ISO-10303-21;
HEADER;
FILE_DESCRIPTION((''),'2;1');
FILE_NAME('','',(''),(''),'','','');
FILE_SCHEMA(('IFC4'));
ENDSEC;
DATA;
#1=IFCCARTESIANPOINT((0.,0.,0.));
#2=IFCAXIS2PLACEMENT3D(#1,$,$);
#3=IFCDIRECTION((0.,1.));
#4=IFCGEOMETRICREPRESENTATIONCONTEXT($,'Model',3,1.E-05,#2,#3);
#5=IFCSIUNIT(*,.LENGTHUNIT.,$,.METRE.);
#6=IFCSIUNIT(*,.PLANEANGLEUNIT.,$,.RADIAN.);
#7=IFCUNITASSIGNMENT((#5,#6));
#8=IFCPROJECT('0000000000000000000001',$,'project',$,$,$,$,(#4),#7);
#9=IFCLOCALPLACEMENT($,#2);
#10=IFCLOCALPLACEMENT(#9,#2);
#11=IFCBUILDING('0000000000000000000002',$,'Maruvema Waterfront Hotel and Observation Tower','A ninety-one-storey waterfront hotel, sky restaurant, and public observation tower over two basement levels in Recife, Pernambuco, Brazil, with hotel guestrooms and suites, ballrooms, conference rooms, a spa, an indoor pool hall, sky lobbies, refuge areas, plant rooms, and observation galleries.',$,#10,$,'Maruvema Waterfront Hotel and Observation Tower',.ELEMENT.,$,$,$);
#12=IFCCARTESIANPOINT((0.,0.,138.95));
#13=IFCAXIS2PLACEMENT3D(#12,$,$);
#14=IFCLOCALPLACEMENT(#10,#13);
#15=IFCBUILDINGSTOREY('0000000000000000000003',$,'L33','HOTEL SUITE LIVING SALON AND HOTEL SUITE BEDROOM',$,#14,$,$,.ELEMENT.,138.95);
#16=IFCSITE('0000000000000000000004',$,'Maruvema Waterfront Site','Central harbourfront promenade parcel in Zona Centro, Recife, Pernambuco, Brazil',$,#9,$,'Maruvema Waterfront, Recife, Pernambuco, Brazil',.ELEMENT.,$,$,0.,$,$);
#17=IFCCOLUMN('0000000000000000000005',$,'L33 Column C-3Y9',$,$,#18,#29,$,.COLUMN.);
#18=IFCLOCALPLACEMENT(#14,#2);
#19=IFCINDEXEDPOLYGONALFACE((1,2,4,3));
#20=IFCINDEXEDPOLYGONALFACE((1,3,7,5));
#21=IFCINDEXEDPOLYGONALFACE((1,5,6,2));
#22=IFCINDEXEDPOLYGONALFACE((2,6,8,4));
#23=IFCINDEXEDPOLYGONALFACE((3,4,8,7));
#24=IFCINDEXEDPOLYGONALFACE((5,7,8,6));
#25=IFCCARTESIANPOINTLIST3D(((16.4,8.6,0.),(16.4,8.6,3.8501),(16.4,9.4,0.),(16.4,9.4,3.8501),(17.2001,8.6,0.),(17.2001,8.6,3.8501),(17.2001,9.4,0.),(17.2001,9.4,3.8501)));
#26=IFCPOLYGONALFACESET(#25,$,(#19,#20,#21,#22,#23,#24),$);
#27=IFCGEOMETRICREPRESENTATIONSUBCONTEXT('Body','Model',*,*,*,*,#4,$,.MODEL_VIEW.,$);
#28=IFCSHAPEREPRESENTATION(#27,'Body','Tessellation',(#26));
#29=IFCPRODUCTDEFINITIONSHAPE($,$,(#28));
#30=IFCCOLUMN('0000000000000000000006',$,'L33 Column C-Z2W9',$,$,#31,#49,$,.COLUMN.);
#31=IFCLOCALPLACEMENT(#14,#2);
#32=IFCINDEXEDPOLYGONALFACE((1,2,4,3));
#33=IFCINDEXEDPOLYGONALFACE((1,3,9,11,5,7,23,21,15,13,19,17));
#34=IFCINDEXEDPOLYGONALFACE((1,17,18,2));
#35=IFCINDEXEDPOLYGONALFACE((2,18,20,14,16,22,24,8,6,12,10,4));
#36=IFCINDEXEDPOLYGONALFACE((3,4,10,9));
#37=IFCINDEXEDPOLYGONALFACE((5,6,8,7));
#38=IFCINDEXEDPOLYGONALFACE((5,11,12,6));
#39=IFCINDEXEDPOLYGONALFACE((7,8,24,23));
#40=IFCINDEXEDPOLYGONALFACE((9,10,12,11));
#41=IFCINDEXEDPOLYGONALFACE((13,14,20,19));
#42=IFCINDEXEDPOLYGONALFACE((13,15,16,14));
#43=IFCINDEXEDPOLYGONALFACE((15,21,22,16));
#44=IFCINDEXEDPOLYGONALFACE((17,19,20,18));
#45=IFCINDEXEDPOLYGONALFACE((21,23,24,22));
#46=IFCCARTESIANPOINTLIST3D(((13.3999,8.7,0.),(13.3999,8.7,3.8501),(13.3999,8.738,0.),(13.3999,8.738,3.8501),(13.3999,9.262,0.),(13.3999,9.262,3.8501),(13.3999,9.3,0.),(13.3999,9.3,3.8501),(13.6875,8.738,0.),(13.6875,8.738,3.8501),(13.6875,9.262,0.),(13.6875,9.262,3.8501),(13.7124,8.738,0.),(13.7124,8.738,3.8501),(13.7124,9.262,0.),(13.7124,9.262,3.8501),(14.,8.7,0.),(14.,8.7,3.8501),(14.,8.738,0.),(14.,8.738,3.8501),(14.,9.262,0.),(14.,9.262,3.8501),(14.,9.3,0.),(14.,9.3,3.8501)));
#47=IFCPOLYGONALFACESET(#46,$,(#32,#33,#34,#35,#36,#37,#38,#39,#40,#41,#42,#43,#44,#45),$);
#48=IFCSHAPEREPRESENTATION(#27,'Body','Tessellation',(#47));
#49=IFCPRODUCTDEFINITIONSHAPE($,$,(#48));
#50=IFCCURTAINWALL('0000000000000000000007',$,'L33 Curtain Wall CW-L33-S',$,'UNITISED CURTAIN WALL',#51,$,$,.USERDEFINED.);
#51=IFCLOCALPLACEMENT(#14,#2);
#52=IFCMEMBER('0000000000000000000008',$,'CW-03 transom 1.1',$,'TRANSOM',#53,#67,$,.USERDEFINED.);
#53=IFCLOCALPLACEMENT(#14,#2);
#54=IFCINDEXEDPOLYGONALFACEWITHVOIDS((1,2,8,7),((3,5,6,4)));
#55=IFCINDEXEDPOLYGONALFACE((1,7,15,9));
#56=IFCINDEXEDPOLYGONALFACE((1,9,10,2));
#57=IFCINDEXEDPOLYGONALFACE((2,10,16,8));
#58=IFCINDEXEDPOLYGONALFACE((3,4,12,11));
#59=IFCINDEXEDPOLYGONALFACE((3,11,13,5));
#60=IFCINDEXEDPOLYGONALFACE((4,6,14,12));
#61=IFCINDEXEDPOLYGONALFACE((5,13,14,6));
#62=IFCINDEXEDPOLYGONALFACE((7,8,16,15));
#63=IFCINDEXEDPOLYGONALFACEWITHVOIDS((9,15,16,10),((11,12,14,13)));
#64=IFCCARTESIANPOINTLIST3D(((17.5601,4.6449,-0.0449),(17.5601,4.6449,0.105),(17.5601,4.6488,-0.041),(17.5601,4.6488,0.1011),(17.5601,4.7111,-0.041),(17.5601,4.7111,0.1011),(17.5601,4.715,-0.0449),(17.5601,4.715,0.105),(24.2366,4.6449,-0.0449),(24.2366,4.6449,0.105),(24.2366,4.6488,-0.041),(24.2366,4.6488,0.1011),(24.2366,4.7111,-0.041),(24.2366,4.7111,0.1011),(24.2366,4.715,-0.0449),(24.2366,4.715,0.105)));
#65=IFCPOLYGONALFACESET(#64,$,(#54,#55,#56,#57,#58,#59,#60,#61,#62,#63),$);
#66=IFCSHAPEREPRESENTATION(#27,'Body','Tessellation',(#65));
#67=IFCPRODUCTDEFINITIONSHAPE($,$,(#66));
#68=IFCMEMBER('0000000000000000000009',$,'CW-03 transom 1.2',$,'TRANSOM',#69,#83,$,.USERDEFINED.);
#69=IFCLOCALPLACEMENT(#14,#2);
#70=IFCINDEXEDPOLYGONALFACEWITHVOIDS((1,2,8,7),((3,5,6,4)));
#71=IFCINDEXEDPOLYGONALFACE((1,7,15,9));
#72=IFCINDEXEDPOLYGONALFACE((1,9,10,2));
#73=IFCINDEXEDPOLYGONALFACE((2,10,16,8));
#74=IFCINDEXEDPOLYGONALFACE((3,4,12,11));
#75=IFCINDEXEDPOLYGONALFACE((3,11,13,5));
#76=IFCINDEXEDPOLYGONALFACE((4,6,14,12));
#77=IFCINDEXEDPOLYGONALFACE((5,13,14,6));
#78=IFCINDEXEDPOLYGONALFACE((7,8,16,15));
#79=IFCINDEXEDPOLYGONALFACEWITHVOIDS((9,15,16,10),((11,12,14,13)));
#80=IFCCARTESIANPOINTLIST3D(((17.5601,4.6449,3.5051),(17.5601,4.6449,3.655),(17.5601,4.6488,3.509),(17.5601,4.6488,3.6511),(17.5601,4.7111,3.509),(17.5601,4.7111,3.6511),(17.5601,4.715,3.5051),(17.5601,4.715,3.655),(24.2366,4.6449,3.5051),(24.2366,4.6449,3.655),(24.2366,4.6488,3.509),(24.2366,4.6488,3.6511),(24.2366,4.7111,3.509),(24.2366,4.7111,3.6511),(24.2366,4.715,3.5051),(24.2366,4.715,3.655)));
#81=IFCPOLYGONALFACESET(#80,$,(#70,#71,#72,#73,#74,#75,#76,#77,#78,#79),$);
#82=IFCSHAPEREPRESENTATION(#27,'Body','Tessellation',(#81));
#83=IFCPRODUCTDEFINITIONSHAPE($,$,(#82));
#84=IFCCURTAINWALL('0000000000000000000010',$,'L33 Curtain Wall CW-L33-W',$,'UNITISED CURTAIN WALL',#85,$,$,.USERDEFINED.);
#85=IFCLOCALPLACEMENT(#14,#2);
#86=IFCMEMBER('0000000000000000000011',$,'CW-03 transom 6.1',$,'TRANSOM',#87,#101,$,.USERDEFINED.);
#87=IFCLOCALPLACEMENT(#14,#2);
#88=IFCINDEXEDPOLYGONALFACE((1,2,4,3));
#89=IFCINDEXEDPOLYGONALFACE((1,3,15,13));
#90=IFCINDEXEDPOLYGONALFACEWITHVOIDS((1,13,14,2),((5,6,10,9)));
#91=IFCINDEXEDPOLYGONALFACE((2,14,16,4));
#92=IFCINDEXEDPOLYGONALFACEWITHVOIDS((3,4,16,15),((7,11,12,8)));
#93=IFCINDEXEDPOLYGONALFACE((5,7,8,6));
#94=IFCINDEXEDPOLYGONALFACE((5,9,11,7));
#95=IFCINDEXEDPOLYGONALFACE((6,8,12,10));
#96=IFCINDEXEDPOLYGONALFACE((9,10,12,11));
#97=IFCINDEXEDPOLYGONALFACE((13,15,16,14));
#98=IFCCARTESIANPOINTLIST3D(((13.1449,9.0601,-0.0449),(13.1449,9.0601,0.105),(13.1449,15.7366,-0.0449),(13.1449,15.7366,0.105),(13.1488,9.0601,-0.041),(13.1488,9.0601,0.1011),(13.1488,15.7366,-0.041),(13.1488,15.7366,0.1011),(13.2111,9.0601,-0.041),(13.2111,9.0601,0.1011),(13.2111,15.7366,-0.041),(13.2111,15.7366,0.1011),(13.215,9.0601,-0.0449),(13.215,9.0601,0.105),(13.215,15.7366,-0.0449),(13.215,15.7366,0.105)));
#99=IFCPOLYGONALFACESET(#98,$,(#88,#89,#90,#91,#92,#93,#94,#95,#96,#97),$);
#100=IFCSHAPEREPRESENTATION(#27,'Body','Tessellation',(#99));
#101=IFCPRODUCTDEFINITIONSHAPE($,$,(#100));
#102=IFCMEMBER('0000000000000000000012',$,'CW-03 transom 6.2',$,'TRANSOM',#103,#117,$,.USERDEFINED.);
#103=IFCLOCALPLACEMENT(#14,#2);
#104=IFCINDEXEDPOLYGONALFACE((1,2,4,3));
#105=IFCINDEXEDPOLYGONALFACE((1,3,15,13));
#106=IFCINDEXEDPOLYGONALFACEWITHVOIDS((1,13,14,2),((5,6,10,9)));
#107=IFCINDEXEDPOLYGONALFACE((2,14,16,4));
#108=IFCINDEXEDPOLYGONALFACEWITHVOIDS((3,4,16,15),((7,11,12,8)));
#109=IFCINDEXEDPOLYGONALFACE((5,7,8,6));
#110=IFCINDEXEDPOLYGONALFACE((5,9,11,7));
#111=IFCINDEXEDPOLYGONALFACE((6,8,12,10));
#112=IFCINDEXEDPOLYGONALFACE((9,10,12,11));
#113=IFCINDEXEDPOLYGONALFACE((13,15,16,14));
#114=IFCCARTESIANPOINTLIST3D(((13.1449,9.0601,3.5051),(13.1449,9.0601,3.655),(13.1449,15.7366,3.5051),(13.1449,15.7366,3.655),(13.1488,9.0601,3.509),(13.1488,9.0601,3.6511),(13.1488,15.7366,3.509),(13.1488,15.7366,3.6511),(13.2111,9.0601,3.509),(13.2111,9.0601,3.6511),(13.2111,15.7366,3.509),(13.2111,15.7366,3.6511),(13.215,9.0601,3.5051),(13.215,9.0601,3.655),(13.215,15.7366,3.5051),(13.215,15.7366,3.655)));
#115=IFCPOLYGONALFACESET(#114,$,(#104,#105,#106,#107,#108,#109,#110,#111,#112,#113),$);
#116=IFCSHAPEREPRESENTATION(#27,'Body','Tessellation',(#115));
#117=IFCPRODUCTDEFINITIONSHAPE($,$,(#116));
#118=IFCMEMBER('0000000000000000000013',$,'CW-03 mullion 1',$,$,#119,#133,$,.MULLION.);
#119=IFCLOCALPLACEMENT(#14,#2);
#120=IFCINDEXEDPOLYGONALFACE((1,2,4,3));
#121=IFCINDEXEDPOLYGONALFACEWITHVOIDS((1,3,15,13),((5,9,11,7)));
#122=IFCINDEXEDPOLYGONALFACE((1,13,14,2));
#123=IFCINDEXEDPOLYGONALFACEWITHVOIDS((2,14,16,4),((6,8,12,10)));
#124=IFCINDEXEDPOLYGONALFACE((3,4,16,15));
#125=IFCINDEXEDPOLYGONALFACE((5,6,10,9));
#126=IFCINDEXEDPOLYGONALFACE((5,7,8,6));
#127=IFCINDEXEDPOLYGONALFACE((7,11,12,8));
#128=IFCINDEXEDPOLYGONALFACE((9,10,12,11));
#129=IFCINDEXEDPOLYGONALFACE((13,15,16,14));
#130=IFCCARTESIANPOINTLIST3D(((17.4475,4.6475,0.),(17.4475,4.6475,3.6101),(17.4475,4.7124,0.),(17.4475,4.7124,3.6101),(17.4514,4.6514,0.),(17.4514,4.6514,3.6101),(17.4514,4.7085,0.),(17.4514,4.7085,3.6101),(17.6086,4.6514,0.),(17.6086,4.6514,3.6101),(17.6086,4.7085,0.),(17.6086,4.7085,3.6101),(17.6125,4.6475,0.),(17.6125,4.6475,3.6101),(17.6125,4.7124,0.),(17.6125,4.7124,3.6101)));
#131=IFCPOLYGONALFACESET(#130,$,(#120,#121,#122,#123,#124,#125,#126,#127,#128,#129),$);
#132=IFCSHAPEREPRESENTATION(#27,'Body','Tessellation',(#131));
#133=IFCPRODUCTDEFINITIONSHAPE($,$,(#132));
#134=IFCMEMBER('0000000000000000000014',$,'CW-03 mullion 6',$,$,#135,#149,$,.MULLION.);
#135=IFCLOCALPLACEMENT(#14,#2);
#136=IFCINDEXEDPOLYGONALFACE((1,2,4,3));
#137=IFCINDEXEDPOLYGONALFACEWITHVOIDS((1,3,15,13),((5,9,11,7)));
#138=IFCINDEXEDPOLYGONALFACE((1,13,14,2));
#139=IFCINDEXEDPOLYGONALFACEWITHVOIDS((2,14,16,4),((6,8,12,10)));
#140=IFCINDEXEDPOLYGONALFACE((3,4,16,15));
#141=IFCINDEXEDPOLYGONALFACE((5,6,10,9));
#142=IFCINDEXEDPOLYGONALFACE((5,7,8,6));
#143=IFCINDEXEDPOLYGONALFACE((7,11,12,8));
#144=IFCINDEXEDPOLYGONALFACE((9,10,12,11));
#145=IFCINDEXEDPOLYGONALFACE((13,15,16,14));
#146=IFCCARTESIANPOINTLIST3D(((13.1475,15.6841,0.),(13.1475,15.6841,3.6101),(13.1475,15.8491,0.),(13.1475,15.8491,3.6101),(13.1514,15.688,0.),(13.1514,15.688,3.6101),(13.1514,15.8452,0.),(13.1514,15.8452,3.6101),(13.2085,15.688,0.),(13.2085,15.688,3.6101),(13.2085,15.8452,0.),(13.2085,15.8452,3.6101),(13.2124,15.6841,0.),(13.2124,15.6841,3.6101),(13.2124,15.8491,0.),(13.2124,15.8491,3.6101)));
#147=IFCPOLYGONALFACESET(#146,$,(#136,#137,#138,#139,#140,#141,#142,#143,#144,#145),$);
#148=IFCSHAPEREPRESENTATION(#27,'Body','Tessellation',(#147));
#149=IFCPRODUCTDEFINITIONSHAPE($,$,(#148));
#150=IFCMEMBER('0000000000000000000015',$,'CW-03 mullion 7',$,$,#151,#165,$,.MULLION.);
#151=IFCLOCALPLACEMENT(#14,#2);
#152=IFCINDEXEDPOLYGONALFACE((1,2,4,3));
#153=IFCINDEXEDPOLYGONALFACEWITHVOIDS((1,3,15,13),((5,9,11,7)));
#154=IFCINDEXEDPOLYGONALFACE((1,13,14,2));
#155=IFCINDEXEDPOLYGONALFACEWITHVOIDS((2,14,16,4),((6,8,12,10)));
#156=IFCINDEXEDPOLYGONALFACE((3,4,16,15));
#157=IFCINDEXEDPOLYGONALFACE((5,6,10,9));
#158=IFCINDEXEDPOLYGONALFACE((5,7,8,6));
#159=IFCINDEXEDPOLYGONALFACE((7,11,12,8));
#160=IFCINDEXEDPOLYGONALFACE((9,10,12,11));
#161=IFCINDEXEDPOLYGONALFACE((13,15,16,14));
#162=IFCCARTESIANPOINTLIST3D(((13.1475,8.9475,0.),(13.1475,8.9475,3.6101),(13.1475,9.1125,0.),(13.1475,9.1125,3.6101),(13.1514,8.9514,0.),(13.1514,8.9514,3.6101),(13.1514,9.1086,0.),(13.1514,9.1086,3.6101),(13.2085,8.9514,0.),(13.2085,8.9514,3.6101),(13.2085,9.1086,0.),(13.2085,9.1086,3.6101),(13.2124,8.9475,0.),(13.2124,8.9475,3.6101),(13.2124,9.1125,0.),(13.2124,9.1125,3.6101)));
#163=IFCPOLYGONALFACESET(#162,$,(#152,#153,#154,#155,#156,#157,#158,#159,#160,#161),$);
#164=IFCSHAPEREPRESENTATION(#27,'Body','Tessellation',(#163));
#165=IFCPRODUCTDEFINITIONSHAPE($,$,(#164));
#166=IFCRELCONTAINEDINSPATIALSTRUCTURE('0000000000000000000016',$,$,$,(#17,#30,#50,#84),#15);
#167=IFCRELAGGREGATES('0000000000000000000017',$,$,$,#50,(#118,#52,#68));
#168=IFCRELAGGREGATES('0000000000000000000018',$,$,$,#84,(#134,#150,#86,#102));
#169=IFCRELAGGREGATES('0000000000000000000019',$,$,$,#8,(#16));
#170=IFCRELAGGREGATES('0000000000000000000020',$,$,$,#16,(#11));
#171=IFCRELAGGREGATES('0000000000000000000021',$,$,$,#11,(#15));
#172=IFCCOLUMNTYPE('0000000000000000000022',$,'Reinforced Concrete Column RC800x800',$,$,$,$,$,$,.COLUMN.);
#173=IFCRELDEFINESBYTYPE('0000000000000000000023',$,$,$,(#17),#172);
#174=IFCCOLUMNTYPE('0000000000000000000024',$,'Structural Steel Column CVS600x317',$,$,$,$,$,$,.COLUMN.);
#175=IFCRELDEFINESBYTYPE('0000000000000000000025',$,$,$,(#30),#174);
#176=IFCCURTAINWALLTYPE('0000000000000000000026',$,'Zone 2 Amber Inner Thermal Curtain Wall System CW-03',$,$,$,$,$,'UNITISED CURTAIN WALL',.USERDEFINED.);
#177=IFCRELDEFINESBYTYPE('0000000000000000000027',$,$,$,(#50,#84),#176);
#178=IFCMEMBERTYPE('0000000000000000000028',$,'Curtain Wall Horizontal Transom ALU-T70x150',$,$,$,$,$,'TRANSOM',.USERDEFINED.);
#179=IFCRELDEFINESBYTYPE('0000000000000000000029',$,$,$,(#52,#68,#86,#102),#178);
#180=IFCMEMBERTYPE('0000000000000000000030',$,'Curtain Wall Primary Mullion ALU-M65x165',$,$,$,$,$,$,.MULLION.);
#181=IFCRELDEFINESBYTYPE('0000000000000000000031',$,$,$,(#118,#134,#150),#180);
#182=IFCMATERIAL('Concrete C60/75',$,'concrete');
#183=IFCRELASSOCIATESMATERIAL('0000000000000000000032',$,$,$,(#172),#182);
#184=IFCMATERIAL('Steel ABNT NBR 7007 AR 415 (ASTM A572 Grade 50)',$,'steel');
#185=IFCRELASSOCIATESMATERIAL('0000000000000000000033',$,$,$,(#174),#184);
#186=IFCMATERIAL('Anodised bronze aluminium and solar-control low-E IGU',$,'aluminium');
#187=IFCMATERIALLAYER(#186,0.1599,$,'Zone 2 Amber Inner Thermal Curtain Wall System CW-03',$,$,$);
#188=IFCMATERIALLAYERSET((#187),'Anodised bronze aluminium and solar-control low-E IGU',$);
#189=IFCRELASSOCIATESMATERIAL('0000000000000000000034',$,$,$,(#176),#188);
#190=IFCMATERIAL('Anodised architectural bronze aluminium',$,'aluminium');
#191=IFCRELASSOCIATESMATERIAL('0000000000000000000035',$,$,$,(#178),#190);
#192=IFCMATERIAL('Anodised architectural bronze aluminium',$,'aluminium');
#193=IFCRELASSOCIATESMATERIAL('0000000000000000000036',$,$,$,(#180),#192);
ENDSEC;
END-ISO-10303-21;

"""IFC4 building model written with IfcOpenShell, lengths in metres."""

from ifc_helpers import new_model, si_unit, direction, frame, origin, origin_2d, place, context, subcontext, project, spatial, rectangle, hollow_rectangle, i_section, extrude, material, layer, layer_set, material_profile, profile_set, type_object, element, aggregate, save


model = new_model("IFC4")

# Units and contexts
model_context = context("Model", 3, precision=1e-05, world=origin(), true_north=direction((0.0, 1.0)))
body_context = subcontext(model_context, "Body", "Model", "MODEL_VIEW")
ifc_project = project(units=[si_unit("LENGTHUNIT", "METRE"), si_unit("PLANEANGLEUNIT", "RADIAN")], contexts=[model_context])

# Site, building, storey
site_placement = place(None, origin())
site = spatial("IfcSite", under=ifc_project, at=site_placement, Name="Maruvema Waterfront Site", Description="Central harbourfront promenade parcel in Zona Centro, Recife, Pernambuco, Brazil", LongName="Maruvema Waterfront, Recife, Pernambuco, Brazil", CompositionType="ELEMENT", RefElevation=0.0)
building_placement = place(site_placement, origin())
building = spatial("IfcBuilding", under=site, at=building_placement, Name="Maruvema Waterfront Hotel and Observation Tower", Description="A ninety-one-storey waterfront hotel, sky restaurant, and public observation tower over two basement levels in Recife, Pernambuco, Brazil, with hotel guestrooms and suites, ballrooms, conference rooms, a spa, an indoor pool hall, sky lobbies, refuge areas, plant rooms, and observation galleries.", LongName="Maruvema Waterfront Hotel and Observation Tower", CompositionType="ELEMENT")
storey_placement = place(building_placement, frame((0.0, 0.0, 138.95)))
storey = spatial("IfcBuildingStorey", under=building, at=storey_placement, Name="L33", Description="HOTEL SUITE LIVING SALON AND HOTEL SUITE BEDROOM", CompositionType="ELEMENT", Elevation=138.95)

# Columns
ifc_material_1 = material(Name="Concrete C60/75", Category="concrete")
ifc_material_profile_1 = material_profile(ifc_material_1, rectangle(XDim=0.8, YDim=0.8, at=origin_2d()), Name="RC800x800")
ifc_profile_set_1 = profile_set([ifc_material_profile_1], Name="Concrete C60/75")
column_type_1 = type_object("IfcColumnType", Name="Reinforced Concrete Column RC800x800", PredefinedType="COLUMN", material=ifc_profile_set_1)
column_1_placement = place(storey_placement, frame((16.8, 9.0, 0.0), z_axis=(0.0, 0.0, 1.0), x_axis=(1.0, 0.0, 0.0)))
element("IfcColumn", 1, at=column_1_placement, inside=storey, type_object=column_type_1, Name="L33 Column C-3Y9", PredefinedType="COLUMN", context=body_context, shape_type="SweptSolid", body=[
    extrude(rectangle(XDim=0.8, YDim=0.8, at=origin_2d()), origin(), (0.0, 0.0, 1.0), 3.8501),
])
ifc_material_2 = material(Name="Steel ABNT NBR 7007 AR 415 (ASTM A572 Grade 50)", Category="steel")
ifc_material_profile_2 = material_profile(ifc_material_2, i_section(OverallWidth=0.6001, OverallDepth=0.6001, WebThickness=0.0249, FlangeThickness=0.0381, at=origin_2d()), Name="CVS600x317")
ifc_profile_set_2 = profile_set([ifc_material_profile_2], Name="Steel ABNT NBR 7007 AR 415 (ASTM A572 Grade 50)")
column_type_2 = type_object("IfcColumnType", Name="Structural Steel Column CVS600x317", PredefinedType="COLUMN", material=ifc_profile_set_2)
column_2_placement = place(storey_placement, frame((13.7, 9.0, 0.0), z_axis=(0.0, 0.0, 1.0), x_axis=(1.0, 0.0, 0.0)))
element("IfcColumn", 2, at=column_2_placement, inside=storey, type_object=column_type_2, Name="L33 Column C-Z2W9", PredefinedType="COLUMN", context=body_context, shape_type="SweptSolid", body=[
    extrude(i_section(OverallWidth=0.6001, OverallDepth=0.6001, WebThickness=0.0249, FlangeThickness=0.0381, at=origin_2d()), origin(), (0.0, 0.0, 1.0), 3.8501),
])

# Curtain walls, members
ifc_material_3 = material(Name="Anodised bronze aluminium and solar-control low-E IGU", Category="aluminium")
ifc_layer_1 = layer(ifc_material_3, 0.1599, Name="Zone 2 Amber Inner Thermal Curtain Wall System CW-03")
ifc_layer_set_1 = layer_set([ifc_layer_1], Name="Anodised bronze aluminium and solar-control low-E IGU")
curtain_wall_type = type_object("IfcCurtainWallType", Name="Zone 2 Amber Inner Thermal Curtain Wall System CW-03", ElementType="UNITISED CURTAIN WALL", PredefinedType="USERDEFINED", material=ifc_layer_set_1)
curtain_wall_1_placement = place(storey_placement, origin())
curtain_wall_1 = element("IfcCurtainWall", 3, at=curtain_wall_1_placement, inside=storey, type_object=curtain_wall_type, Name="L33 Curtain Wall CW-L33-S", ObjectType="UNITISED CURTAIN WALL", PredefinedType="USERDEFINED")
ifc_material_4 = material(Name="Anodised architectural bronze aluminium", Category="aluminium")
ifc_material_profile_3 = material_profile(ifc_material_4, hollow_rectangle(XDim=0.0701, YDim=0.1499, WallThickness=0.0039, at=origin_2d()), Name="ALU-T70x150")
ifc_profile_set_3 = profile_set([ifc_material_profile_3], Name="Anodised architectural bronze aluminium")
member_type_1 = type_object("IfcMemberType", Name="Curtain Wall Horizontal Transom ALU-T70x150", ElementType="TRANSOM", PredefinedType="USERDEFINED", material=ifc_profile_set_3)
member_1_placement = place(storey_placement, frame((17.5601, 4.6799, 0.03), z_axis=(1.0, 0.0, 0.0), x_axis=(0.0, 1.0, 0.0)))
member_1 = element("IfcMember", 4, at=member_1_placement, type_object=member_type_1, Name="CW-03 transom 1.1", ObjectType="TRANSOM", PredefinedType="USERDEFINED", context=body_context, shape_type="SweptSolid", body=[
    extrude(hollow_rectangle(XDim=0.0701, YDim=0.1499, WallThickness=0.0039, at=origin_2d()), origin(), (0.0, 0.0, 1.0), 6.6765),
])
member_2_placement = place(storey_placement, frame((17.5601, 4.6799, 3.5801), z_axis=(1.0, 0.0, 0.0), x_axis=(0.0, 1.0, 0.0)))
member_2 = element("IfcMember", 5, at=member_2_placement, type_object=member_type_1, Name="CW-03 transom 1.2", ObjectType="TRANSOM", PredefinedType="USERDEFINED", context=body_context, shape_type="SweptSolid", body=[
    extrude(hollow_rectangle(XDim=0.0701, YDim=0.1499, WallThickness=0.0039, at=origin_2d()), origin(), (0.0, 0.0, 1.0), 6.6765),
])
curtain_wall_2_placement = place(storey_placement, origin())
curtain_wall_2 = element("IfcCurtainWall", 6, at=curtain_wall_2_placement, inside=storey, type_object=curtain_wall_type, Name="L33 Curtain Wall CW-L33-W", ObjectType="UNITISED CURTAIN WALL", PredefinedType="USERDEFINED")
member_3_placement = place(storey_placement, frame((13.1799, 15.7366, 0.03), z_axis=(0.0, -1.0, 0.0), x_axis=(1.0, 0.0, 0.0)))
member_3 = element("IfcMember", 7, at=member_3_placement, type_object=member_type_1, Name="CW-03 transom 6.1", ObjectType="TRANSOM", PredefinedType="USERDEFINED", context=body_context, shape_type="SweptSolid", body=[
    extrude(hollow_rectangle(XDim=0.0701, YDim=0.1499, WallThickness=0.0039, at=origin_2d()), origin(), (0.0, 0.0, 1.0), 6.6765),
])
member_4_placement = place(storey_placement, frame((13.1799, 15.7366, 3.5801), z_axis=(0.0, -1.0, 0.0), x_axis=(1.0, 0.0, 0.0)))
member_4 = element("IfcMember", 8, at=member_4_placement, type_object=member_type_1, Name="CW-03 transom 6.2", ObjectType="TRANSOM", PredefinedType="USERDEFINED", context=body_context, shape_type="SweptSolid", body=[
    extrude(hollow_rectangle(XDim=0.0701, YDim=0.1499, WallThickness=0.0039, at=origin_2d()), origin(), (0.0, 0.0, 1.0), 6.6765),
])

# Members
ifc_material_5 = material(Name="Anodised architectural bronze aluminium", Category="aluminium")
ifc_material_profile_4 = material_profile(ifc_material_5, hollow_rectangle(XDim=0.0649, YDim=0.165, WallThickness=0.0039, at=origin_2d()), Name="ALU-M65x165")
ifc_profile_set_4 = profile_set([ifc_material_profile_4], Name="Anodised architectural bronze aluminium")
member_type_2 = type_object("IfcMemberType", Name="Curtain Wall Primary Mullion ALU-M65x165", PredefinedType="MULLION", material=ifc_profile_set_4)
member_5_placement = place(storey_placement, frame((17.53, 4.6799, 0.0), z_axis=(0.0, 0.0, 1.0), x_axis=(0.0, 1.0, 0.0)))
member_5 = element("IfcMember", 9, at=member_5_placement, type_object=member_type_2, Name="CW-03 mullion 1", PredefinedType="MULLION", context=body_context, shape_type="SweptSolid", body=[
    extrude(hollow_rectangle(XDim=0.0649, YDim=0.165, WallThickness=0.0039, at=origin_2d()), origin(), (0.0, 0.0, 1.0), 3.6101),
])
member_6_placement = place(storey_placement, frame((13.1799, 15.7666, 0.0), z_axis=(0.0, 0.0, 1.0), x_axis=(1.0, 0.0, 0.0)))
member_6 = element("IfcMember", 10, at=member_6_placement, type_object=member_type_2, Name="CW-03 mullion 6", PredefinedType="MULLION", context=body_context, shape_type="SweptSolid", body=[
    extrude(hollow_rectangle(XDim=0.0649, YDim=0.165, WallThickness=0.0039, at=origin_2d()), origin(), (0.0, 0.0, 1.0), 3.6101),
])
member_7_placement = place(storey_placement, frame((13.1799, 9.03, 0.0), z_axis=(0.0, 0.0, 1.0), x_axis=(1.0, 0.0, 0.0)))
member_7 = element("IfcMember", 11, at=member_7_placement, type_object=member_type_2, Name="CW-03 mullion 7", PredefinedType="MULLION", context=body_context, shape_type="SweptSolid", body=[
    extrude(hollow_rectangle(XDim=0.0649, YDim=0.165, WallThickness=0.0039, at=origin_2d()), origin(), (0.0, 0.0, 1.0), 3.6101),
])

aggregate(curtain_wall_1, [member_5, member_1, member_2])
aggregate(curtain_wall_2, [member_6, member_7, member_3, member_4])

save(model, "model.ifc")
